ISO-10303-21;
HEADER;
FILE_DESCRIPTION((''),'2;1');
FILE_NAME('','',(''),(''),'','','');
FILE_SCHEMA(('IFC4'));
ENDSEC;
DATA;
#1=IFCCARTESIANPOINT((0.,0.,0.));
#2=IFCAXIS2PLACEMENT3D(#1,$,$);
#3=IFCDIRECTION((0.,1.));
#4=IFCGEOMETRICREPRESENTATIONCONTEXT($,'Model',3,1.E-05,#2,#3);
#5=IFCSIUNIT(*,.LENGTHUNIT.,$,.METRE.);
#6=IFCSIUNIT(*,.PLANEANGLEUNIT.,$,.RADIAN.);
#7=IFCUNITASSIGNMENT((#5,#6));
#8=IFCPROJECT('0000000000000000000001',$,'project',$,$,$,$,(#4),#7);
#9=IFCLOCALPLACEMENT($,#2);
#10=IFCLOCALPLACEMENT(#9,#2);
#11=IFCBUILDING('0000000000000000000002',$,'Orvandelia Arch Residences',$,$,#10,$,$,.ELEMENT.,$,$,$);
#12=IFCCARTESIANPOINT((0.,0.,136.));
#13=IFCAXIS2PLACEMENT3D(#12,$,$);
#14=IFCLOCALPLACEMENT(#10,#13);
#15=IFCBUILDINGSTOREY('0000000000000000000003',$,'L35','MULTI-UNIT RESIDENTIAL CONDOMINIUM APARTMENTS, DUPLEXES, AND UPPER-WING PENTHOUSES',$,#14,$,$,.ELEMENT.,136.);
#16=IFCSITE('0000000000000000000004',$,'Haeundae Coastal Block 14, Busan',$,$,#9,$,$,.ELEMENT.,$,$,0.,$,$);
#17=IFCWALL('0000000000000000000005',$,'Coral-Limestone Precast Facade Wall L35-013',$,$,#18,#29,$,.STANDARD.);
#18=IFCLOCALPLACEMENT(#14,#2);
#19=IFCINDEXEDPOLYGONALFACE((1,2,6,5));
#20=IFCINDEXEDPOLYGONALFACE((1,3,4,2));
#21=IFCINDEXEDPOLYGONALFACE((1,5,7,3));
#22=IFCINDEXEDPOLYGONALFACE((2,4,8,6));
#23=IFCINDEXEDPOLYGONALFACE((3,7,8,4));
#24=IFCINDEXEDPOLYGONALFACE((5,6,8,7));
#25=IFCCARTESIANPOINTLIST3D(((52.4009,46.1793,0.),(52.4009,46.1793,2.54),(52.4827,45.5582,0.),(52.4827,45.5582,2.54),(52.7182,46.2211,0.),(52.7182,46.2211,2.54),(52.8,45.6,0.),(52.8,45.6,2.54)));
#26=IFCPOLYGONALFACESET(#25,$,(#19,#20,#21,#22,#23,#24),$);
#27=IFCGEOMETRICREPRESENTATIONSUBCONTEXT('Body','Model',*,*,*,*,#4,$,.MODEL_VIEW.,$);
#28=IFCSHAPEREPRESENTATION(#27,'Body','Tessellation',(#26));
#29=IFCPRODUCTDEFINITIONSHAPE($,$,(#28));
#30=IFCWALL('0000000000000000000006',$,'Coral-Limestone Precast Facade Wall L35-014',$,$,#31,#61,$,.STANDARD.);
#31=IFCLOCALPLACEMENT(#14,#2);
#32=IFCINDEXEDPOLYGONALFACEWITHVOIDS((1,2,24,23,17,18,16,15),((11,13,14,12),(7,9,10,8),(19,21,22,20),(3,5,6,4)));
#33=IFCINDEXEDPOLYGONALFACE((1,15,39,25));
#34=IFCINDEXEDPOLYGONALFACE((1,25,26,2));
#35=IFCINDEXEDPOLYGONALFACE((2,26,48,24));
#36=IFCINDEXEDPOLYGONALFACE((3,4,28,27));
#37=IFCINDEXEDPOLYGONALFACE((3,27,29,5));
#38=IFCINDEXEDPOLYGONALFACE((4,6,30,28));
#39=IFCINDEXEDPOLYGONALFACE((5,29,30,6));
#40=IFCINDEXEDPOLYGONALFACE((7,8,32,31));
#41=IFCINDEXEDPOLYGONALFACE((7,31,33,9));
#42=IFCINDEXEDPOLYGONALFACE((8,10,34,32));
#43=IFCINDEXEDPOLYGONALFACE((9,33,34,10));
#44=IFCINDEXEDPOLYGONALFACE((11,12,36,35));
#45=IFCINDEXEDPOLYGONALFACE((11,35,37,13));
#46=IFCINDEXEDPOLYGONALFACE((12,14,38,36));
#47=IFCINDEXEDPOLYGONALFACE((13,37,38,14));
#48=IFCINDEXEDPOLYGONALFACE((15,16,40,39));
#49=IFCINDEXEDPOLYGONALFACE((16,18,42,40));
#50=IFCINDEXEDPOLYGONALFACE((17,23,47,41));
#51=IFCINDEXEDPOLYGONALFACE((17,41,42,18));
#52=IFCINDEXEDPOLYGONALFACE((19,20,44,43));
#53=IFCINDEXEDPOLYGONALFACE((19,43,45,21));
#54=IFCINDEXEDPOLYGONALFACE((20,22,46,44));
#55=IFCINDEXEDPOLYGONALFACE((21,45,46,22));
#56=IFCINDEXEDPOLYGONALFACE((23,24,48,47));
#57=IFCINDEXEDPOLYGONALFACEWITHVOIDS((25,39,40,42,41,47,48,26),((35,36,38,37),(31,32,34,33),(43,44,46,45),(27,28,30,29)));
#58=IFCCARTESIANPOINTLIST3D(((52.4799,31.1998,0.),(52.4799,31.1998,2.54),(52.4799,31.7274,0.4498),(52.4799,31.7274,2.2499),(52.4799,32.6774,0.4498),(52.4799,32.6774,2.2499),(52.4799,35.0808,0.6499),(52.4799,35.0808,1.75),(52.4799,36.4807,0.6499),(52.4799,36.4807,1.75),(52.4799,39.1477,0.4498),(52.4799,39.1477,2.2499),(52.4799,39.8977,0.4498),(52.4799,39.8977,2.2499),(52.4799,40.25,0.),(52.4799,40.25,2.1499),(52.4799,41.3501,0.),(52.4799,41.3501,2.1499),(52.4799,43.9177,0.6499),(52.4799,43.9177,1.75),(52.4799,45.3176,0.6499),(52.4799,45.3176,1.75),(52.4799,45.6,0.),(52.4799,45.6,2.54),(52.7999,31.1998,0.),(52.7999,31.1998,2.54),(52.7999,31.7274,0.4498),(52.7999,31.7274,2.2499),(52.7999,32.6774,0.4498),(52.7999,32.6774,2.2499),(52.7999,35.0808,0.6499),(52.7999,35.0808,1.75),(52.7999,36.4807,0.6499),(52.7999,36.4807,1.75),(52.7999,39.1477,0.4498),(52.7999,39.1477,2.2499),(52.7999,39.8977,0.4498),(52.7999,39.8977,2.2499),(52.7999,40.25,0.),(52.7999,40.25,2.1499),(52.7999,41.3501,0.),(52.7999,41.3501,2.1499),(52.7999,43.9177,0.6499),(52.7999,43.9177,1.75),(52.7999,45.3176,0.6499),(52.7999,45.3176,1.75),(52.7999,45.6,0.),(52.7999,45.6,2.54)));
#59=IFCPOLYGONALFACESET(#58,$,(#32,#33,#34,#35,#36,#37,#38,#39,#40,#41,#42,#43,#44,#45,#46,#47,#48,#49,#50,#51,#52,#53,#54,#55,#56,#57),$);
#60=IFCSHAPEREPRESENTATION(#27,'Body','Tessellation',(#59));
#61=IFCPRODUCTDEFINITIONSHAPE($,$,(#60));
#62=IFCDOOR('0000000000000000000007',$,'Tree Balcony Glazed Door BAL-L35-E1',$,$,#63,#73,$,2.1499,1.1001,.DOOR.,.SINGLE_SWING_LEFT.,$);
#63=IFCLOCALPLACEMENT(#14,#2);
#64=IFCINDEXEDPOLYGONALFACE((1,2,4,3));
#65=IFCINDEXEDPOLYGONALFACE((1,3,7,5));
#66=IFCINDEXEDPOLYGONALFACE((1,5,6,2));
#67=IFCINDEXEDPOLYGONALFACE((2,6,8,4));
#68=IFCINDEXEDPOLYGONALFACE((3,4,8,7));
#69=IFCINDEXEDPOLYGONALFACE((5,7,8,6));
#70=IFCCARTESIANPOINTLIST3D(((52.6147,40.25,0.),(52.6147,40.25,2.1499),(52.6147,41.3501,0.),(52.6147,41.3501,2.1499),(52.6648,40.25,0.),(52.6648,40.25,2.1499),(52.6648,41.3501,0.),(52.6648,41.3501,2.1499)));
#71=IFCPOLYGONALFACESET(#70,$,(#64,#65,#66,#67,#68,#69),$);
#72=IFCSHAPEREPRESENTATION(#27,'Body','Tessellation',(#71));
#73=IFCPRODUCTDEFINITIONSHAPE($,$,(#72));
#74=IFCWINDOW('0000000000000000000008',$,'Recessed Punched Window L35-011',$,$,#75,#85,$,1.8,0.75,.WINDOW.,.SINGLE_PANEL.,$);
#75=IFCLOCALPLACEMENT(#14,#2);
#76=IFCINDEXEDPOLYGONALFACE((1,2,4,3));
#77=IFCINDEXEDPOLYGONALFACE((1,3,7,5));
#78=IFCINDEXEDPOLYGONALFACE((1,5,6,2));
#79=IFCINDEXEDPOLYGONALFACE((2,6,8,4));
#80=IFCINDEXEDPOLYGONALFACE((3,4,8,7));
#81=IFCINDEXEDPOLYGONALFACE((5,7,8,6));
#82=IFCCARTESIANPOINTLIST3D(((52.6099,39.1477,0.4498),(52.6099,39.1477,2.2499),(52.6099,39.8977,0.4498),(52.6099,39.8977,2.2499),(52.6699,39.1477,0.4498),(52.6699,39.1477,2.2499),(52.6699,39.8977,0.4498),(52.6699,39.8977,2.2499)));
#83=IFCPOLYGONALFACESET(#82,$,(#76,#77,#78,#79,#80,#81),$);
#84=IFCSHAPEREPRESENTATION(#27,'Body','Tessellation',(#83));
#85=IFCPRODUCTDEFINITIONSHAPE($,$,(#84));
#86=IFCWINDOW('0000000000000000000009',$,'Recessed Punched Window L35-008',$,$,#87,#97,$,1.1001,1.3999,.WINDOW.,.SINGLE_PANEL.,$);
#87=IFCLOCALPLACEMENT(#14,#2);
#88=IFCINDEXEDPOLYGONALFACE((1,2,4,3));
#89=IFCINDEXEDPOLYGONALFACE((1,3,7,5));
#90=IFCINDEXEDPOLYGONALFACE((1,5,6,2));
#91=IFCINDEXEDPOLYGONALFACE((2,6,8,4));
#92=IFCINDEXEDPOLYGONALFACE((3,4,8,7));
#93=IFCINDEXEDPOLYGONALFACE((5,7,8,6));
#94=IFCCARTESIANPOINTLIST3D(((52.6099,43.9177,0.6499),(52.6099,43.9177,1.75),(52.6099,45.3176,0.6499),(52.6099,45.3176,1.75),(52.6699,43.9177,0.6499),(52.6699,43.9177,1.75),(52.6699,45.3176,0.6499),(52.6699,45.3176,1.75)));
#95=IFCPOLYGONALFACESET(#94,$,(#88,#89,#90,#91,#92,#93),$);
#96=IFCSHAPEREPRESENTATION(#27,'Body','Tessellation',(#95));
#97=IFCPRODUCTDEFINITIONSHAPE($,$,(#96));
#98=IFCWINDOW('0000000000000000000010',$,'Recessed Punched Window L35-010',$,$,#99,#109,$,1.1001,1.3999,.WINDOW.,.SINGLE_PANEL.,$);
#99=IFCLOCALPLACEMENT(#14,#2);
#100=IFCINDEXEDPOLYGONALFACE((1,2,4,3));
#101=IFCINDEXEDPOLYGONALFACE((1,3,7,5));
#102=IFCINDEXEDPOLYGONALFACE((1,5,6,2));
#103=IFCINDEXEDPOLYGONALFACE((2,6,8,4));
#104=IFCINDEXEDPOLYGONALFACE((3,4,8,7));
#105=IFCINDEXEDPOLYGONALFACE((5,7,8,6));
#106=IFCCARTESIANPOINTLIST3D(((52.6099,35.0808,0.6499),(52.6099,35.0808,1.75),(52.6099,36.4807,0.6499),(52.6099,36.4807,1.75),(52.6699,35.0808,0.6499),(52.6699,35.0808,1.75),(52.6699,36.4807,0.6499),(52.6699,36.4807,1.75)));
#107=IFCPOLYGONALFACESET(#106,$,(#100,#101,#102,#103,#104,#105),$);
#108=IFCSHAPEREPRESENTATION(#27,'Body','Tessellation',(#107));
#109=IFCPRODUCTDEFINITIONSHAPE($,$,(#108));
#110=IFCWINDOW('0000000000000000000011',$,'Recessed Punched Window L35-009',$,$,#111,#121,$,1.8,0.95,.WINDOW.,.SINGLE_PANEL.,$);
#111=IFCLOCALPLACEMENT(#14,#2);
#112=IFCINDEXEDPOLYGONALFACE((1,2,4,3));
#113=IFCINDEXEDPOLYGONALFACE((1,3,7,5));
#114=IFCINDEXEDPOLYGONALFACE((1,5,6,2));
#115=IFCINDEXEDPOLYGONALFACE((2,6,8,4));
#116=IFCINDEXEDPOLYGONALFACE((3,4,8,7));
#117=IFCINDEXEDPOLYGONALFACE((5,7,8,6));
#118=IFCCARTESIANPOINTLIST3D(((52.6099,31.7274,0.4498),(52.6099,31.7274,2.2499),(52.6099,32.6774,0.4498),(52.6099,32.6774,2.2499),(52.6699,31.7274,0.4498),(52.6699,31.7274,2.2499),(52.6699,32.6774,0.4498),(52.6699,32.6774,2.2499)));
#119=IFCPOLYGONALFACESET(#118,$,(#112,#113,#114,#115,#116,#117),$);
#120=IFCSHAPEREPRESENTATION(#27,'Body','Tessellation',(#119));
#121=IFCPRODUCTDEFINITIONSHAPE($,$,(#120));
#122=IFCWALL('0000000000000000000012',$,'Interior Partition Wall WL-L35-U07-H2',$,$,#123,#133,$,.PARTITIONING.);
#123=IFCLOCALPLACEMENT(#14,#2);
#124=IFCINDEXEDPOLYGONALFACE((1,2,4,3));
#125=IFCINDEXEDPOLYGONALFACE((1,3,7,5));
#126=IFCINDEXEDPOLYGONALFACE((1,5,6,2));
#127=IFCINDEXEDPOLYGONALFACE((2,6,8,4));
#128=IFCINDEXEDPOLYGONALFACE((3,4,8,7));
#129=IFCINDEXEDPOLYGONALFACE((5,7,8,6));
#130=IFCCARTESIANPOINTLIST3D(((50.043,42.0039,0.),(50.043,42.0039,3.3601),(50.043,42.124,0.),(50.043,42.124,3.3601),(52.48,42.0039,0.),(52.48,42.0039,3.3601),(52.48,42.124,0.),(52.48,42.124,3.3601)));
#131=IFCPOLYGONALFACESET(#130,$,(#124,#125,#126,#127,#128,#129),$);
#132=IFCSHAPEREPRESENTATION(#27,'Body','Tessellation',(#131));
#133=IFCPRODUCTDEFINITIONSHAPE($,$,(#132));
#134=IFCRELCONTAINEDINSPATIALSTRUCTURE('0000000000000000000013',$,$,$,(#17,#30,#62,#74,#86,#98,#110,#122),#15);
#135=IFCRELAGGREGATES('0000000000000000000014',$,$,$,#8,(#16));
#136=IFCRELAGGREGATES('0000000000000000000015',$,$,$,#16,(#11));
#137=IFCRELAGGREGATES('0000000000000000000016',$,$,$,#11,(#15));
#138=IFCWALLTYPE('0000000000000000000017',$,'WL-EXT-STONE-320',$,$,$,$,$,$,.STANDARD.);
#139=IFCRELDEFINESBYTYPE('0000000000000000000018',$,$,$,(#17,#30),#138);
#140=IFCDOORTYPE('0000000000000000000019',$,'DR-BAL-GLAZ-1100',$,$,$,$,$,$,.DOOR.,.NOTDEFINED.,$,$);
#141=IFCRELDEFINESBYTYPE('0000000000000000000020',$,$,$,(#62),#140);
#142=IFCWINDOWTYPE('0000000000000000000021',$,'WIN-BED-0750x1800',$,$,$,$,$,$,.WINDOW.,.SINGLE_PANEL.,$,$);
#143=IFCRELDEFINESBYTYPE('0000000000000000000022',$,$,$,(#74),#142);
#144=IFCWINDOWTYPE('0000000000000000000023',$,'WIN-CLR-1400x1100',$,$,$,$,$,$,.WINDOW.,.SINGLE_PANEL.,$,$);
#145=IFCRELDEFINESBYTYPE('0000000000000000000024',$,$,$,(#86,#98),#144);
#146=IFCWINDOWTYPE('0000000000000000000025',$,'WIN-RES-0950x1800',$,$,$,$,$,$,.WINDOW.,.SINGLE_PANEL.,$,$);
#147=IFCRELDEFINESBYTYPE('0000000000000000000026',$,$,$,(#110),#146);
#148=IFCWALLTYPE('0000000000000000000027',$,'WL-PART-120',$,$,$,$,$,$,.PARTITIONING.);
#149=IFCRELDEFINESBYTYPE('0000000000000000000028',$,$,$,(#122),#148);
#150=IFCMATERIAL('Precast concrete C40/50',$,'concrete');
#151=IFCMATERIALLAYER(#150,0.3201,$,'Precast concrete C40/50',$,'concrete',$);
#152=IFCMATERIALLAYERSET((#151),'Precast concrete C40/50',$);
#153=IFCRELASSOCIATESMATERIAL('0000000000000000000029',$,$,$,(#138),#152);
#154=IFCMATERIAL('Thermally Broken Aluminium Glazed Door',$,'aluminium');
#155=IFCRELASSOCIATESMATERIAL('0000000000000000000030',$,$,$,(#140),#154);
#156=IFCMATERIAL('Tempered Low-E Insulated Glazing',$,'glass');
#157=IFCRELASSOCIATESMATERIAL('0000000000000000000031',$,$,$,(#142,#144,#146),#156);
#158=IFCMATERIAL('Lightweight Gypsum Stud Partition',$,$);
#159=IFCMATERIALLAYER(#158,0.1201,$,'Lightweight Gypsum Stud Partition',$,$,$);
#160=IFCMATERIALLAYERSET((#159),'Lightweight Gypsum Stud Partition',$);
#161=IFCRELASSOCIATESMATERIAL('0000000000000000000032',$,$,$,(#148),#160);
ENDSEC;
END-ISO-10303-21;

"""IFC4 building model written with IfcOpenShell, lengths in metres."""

from ifc_helpers import new_model, si_unit, direction, frame, frame_2d, origin, place, context, subcontext, project, spatial, rectangle, extrude, material, layer, layer_set, type_object, element, fill, save


model = new_model("IFC4")

# Units and contexts
model_context = context("Model", 3, precision=1e-05, world=origin(), true_north=direction((0.0, 1.0)))
body_context = subcontext(model_context, "Body", "Model", "MODEL_VIEW")
ifc_project = project(units=[si_unit("LENGTHUNIT", "METRE"), si_unit("PLANEANGLEUNIT", "RADIAN")], contexts=[model_context])

# Site, building, storey
site_placement = place(None, origin())
site = spatial("IfcSite", under=ifc_project, at=site_placement, Name="Haeundae Coastal Block 14, Busan", CompositionType="ELEMENT", RefElevation=0.0)
building_placement = place(site_placement, origin())
building = spatial("IfcBuilding", under=site, at=building_placement, Name="Orvandelia Arch Residences", CompositionType="ELEMENT")
storey_placement = place(building_placement, frame((0.0, 0.0, 136.0)))
storey = spatial("IfcBuildingStorey", under=building, at=storey_placement, Name="L35", Description="MULTI-UNIT RESIDENTIAL CONDOMINIUM APARTMENTS, DUPLEXES, AND UPPER-WING PENTHOUSES", CompositionType="ELEMENT", Elevation=136.0)

# Wall
ifc_material_1 = material(Name="Precast concrete C40/50", Category="concrete")
ifc_layer_1 = layer(ifc_material_1, 0.3201, Name="Precast concrete C40/50", Category="concrete")
ifc_layer_set_1 = layer_set([ifc_layer_1], Name="Precast concrete C40/50")
wall_type_1 = type_object("IfcWallType", Name="WL-EXT-STONE-320", PredefinedType="STANDARD", material=ifc_layer_set_1)
for number, where, z_axis, x_axis, name in (
    (1, (52.5596, 46.2002, 0.0), (0.0, 0.0, 1.0), (0.130555, -0.991441, 0.0), "Coral-Limestone Precast Facade Wall L35-013"),
):
    element("IfcWall", number, at=place(storey_placement, frame(where, z_axis=z_axis, x_axis=x_axis)), inside=storey, type_object=wall_type_1, Name=name, PredefinedType="STANDARD", context=body_context, shape_type="SweptSolid", body=[
        extrude(rectangle(XDim=0.6265, YDim=0.3201, at=frame_2d((0.3132, 0.0))), origin(), (0.0, 0.0, 1.0), 2.54),
    ])

# Wall, openings, door, windows
wall_1_placement = place(storey_placement, frame((52.6399, 45.6001, 0.0), z_axis=(0.0, 0.0, 1.0), x_axis=(0.0, -1.0, 0.0)))
wall_1 = element("IfcWall", 2, at=wall_1_placement, inside=storey, type_object=wall_type_1, Name="Coral-Limestone Precast Facade Wall L35-014", PredefinedType="STANDARD", context=body_context, shape_type="SweptSolid", body=[
    extrude(rectangle(XDim=14.4001, YDim=0.3201, at=frame_2d((7.2002, 0.0))), origin(), (0.0, 0.0, 1.0), 2.54),
])
opening_1_placement = place(wall_1_placement, frame((4.25, 0.0, 0.0)))
opening_1 = element("IfcOpeningElement", 3, at=opening_1_placement, cuts=wall_1, PredefinedType="OPENING", context=body_context, shape_type="SweptSolid", body=[
    extrude(rectangle(XDim=1.1001, YDim=2.1499, at=frame_2d((0.55, 1.075))), frame((0.0, 0.1699, 0.0), z_axis=(0.0, -1.0, 0.0), x_axis=(1.0, 0.0, 0.0)), (0.0, 0.0, 1.0), 0.3401),
])
opening_2_placement = place(wall_1_placement, frame((0.2825, 0.0, 0.6499)))
opening_2 = element("IfcOpeningElement", 4, at=opening_2_placement, cuts=wall_1, PredefinedType="OPENING", context=body_context, shape_type="SweptSolid", body=[
    extrude(rectangle(XDim=1.3999, YDim=1.1001, at=frame_2d((0.7, 0.55))), frame((0.0, 0.1699, 0.0), z_axis=(0.0, -1.0, 0.0), x_axis=(1.0, 0.0, 0.0)), (0.0, 0.0, 1.0), 0.3401),
])
opening_3_placement = place(wall_1_placement, frame((12.9226, 0.0, 0.45)))
opening_3 = element("IfcOpeningElement", 5, at=opening_3_placement, cuts=wall_1, PredefinedType="OPENING", context=body_context, shape_type="SweptSolid", body=[
    extrude(rectangle(XDim=0.95, YDim=1.8, at=frame_2d((0.4751, 0.8999))), frame((0.0, 0.1699, 0.0), z_axis=(0.0, -1.0, 0.0), x_axis=(1.0, 0.0, 0.0)), (0.0, 0.0, 1.0), 0.3401),
])
opening_4_placement = place(wall_1_placement, frame((9.1194, 0.0, 0.6499)))
opening_4 = element("IfcOpeningElement", 6, at=opening_4_placement, cuts=wall_1, PredefinedType="OPENING", context=body_context, shape_type="SweptSolid", body=[
    extrude(rectangle(XDim=1.3999, YDim=1.1001, at=frame_2d((0.7, 0.55))), frame((0.0, 0.1699, 0.0), z_axis=(0.0, -1.0, 0.0), x_axis=(1.0, 0.0, 0.0)), (0.0, 0.0, 1.0), 0.3401),
])
opening_5_placement = place(wall_1_placement, frame((5.7024, 0.0, 0.45)))
opening_5 = element("IfcOpeningElement", 7, at=opening_5_placement, cuts=wall_1, PredefinedType="OPENING", context=body_context, shape_type="SweptSolid", body=[
    extrude(rectangle(XDim=0.75, YDim=1.8, at=frame_2d((0.375, 0.8999))), frame((0.0, 0.1699, 0.0), z_axis=(0.0, -1.0, 0.0), x_axis=(1.0, 0.0, 0.0)), (0.0, 0.0, 1.0), 0.3401),
])
ifc_material_2 = material(Name="Thermally Broken Aluminium Glazed Door", Category="aluminium")
door_type_1 = type_object("IfcDoorType", Name="DR-BAL-GLAZ-1100", OperationType="NOTDEFINED", PredefinedType="DOOR", material=ifc_material_2)
door_1_placement = place(opening_1_placement, origin())
door_1 = element("IfcDoor", 8, at=door_1_placement, inside=storey, type_object=door_type_1, Name="Tree Balcony Glazed Door BAL-L35-E1", OperationType="SINGLE_SWING_LEFT", OverallHeight=2.1499, OverallWidth=1.1001, PredefinedType="DOOR", context=body_context, shape_type="SweptSolid", body=[
    extrude(rectangle(XDim=1.1001, YDim=2.1499, at=frame_2d((0.55, 1.075))), frame((0.0, 0.0249, 0.0), z_axis=(0.0, -1.0, 0.0), x_axis=(1.0, 0.0, 0.0)), (0.0, 0.0, 1.0), 0.05),
])
fill(opening_1, door_1)
ifc_material_3 = material(Name="Tempered Low-E Insulated Glazing", Category="glass")
window_type_1 = type_object("IfcWindowType", Name="WIN-BED-0750x1800", PartitioningType="SINGLE_PANEL", PredefinedType="WINDOW", material=ifc_material_3)
window_1_placement = place(opening_5_placement, origin())
window_1 = element("IfcWindow", 9, at=window_1_placement, inside=storey, type_object=window_type_1, Name="Recessed Punched Window L35-011", OverallHeight=1.8, OverallWidth=0.75, PartitioningType="SINGLE_PANEL", PredefinedType="WINDOW", context=body_context, shape_type="SweptSolid", body=[
    extrude(rectangle(XDim=0.75, YDim=1.8, at=frame_2d((0.375, 0.8999))), frame((0.0, 0.03, 0.0), z_axis=(0.0, -1.0, 0.0), x_axis=(1.0, 0.0, 0.0)), (0.0, 0.0, 1.0), 0.0601),
])
fill(opening_5, window_1)
window_type_2 = type_object("IfcWindowType", Name="WIN-CLR-1400x1100", PartitioningType="SINGLE_PANEL", PredefinedType="WINDOW", material=ifc_material_3)
window_2_placement = place(opening_2_placement, origin())
window_2 = element("IfcWindow", 10, at=window_2_placement, inside=storey, type_object=window_type_2, Name="Recessed Punched Window L35-008", OverallHeight=1.1001, OverallWidth=1.3999, PartitioningType="SINGLE_PANEL", PredefinedType="WINDOW", context=body_context, shape_type="SweptSolid", body=[
    extrude(rectangle(XDim=1.3999, YDim=1.1001, at=frame_2d((0.7, 0.55))), frame((0.0, 0.03, 0.0), z_axis=(0.0, -1.0, 0.0), x_axis=(1.0, 0.0, 0.0)), (0.0, 0.0, 1.0), 0.0601),
])
fill(opening_2, window_2)
window_3_placement = place(opening_4_placement, origin())
window_3 = element("IfcWindow", 11, at=window_3_placement, inside=storey, type_object=window_type_2, Name="Recessed Punched Window L35-010", OverallHeight=1.1001, OverallWidth=1.3999, PartitioningType="SINGLE_PANEL", PredefinedType="WINDOW", context=body_context, shape_type="SweptSolid", body=[
    extrude(rectangle(XDim=1.3999, YDim=1.1001, at=frame_2d((0.7, 0.55))), frame((0.0, 0.03, 0.0), z_axis=(0.0, -1.0, 0.0), x_axis=(1.0, 0.0, 0.0)), (0.0, 0.0, 1.0), 0.0601),
])
fill(opening_4, window_3)
window_type_3 = type_object("IfcWindowType", Name="WIN-RES-0950x1800", PartitioningType="SINGLE_PANEL", PredefinedType="WINDOW", material=ifc_material_3)
window_4_placement = place(opening_3_placement, origin())
window_4 = element("IfcWindow", 12, at=window_4_placement, inside=storey, type_object=window_type_3, Name="Recessed Punched Window L35-009", OverallHeight=1.8, OverallWidth=0.95, PartitioningType="SINGLE_PANEL", PredefinedType="WINDOW", context=body_context, shape_type="SweptSolid", body=[
    extrude(rectangle(XDim=0.95, YDim=1.8, at=frame_2d((0.4751, 0.8999))), frame((0.0, 0.03, 0.0), z_axis=(0.0, -1.0, 0.0), x_axis=(1.0, 0.0, 0.0)), (0.0, 0.0, 1.0), 0.0601),
])
fill(opening_3, window_4)

# Wall
ifc_material_4 = material(Name="Lightweight Gypsum Stud Partition")
ifc_layer_2 = layer(ifc_material_4, 0.1201, Name="Lightweight Gypsum Stud Partition")
ifc_layer_set_2 = layer_set([ifc_layer_2], Name="Lightweight Gypsum Stud Partition")
wall_type_2 = type_object("IfcWallType", Name="WL-PART-120", PredefinedType="PARTITIONING", material=ifc_layer_set_2)
wall_2_placement = place(storey_placement, frame((50.043, 42.064, 0.0), z_axis=(0.0, 0.0, 1.0), x_axis=(1.0, 0.0, 0.0)))
element("IfcWall", 13, at=wall_2_placement, inside=storey, type_object=wall_type_2, Name="Interior Partition Wall WL-L35-U07-H2", PredefinedType="PARTITIONING", context=body_context, shape_type="SweptSolid", body=[
    extrude(rectangle(XDim=2.437, YDim=0.1201, at=frame_2d((1.2185, 0.0))), origin(), (0.0, 0.0, 1.0), 3.3601),
])

save(model, "model.ifc")
